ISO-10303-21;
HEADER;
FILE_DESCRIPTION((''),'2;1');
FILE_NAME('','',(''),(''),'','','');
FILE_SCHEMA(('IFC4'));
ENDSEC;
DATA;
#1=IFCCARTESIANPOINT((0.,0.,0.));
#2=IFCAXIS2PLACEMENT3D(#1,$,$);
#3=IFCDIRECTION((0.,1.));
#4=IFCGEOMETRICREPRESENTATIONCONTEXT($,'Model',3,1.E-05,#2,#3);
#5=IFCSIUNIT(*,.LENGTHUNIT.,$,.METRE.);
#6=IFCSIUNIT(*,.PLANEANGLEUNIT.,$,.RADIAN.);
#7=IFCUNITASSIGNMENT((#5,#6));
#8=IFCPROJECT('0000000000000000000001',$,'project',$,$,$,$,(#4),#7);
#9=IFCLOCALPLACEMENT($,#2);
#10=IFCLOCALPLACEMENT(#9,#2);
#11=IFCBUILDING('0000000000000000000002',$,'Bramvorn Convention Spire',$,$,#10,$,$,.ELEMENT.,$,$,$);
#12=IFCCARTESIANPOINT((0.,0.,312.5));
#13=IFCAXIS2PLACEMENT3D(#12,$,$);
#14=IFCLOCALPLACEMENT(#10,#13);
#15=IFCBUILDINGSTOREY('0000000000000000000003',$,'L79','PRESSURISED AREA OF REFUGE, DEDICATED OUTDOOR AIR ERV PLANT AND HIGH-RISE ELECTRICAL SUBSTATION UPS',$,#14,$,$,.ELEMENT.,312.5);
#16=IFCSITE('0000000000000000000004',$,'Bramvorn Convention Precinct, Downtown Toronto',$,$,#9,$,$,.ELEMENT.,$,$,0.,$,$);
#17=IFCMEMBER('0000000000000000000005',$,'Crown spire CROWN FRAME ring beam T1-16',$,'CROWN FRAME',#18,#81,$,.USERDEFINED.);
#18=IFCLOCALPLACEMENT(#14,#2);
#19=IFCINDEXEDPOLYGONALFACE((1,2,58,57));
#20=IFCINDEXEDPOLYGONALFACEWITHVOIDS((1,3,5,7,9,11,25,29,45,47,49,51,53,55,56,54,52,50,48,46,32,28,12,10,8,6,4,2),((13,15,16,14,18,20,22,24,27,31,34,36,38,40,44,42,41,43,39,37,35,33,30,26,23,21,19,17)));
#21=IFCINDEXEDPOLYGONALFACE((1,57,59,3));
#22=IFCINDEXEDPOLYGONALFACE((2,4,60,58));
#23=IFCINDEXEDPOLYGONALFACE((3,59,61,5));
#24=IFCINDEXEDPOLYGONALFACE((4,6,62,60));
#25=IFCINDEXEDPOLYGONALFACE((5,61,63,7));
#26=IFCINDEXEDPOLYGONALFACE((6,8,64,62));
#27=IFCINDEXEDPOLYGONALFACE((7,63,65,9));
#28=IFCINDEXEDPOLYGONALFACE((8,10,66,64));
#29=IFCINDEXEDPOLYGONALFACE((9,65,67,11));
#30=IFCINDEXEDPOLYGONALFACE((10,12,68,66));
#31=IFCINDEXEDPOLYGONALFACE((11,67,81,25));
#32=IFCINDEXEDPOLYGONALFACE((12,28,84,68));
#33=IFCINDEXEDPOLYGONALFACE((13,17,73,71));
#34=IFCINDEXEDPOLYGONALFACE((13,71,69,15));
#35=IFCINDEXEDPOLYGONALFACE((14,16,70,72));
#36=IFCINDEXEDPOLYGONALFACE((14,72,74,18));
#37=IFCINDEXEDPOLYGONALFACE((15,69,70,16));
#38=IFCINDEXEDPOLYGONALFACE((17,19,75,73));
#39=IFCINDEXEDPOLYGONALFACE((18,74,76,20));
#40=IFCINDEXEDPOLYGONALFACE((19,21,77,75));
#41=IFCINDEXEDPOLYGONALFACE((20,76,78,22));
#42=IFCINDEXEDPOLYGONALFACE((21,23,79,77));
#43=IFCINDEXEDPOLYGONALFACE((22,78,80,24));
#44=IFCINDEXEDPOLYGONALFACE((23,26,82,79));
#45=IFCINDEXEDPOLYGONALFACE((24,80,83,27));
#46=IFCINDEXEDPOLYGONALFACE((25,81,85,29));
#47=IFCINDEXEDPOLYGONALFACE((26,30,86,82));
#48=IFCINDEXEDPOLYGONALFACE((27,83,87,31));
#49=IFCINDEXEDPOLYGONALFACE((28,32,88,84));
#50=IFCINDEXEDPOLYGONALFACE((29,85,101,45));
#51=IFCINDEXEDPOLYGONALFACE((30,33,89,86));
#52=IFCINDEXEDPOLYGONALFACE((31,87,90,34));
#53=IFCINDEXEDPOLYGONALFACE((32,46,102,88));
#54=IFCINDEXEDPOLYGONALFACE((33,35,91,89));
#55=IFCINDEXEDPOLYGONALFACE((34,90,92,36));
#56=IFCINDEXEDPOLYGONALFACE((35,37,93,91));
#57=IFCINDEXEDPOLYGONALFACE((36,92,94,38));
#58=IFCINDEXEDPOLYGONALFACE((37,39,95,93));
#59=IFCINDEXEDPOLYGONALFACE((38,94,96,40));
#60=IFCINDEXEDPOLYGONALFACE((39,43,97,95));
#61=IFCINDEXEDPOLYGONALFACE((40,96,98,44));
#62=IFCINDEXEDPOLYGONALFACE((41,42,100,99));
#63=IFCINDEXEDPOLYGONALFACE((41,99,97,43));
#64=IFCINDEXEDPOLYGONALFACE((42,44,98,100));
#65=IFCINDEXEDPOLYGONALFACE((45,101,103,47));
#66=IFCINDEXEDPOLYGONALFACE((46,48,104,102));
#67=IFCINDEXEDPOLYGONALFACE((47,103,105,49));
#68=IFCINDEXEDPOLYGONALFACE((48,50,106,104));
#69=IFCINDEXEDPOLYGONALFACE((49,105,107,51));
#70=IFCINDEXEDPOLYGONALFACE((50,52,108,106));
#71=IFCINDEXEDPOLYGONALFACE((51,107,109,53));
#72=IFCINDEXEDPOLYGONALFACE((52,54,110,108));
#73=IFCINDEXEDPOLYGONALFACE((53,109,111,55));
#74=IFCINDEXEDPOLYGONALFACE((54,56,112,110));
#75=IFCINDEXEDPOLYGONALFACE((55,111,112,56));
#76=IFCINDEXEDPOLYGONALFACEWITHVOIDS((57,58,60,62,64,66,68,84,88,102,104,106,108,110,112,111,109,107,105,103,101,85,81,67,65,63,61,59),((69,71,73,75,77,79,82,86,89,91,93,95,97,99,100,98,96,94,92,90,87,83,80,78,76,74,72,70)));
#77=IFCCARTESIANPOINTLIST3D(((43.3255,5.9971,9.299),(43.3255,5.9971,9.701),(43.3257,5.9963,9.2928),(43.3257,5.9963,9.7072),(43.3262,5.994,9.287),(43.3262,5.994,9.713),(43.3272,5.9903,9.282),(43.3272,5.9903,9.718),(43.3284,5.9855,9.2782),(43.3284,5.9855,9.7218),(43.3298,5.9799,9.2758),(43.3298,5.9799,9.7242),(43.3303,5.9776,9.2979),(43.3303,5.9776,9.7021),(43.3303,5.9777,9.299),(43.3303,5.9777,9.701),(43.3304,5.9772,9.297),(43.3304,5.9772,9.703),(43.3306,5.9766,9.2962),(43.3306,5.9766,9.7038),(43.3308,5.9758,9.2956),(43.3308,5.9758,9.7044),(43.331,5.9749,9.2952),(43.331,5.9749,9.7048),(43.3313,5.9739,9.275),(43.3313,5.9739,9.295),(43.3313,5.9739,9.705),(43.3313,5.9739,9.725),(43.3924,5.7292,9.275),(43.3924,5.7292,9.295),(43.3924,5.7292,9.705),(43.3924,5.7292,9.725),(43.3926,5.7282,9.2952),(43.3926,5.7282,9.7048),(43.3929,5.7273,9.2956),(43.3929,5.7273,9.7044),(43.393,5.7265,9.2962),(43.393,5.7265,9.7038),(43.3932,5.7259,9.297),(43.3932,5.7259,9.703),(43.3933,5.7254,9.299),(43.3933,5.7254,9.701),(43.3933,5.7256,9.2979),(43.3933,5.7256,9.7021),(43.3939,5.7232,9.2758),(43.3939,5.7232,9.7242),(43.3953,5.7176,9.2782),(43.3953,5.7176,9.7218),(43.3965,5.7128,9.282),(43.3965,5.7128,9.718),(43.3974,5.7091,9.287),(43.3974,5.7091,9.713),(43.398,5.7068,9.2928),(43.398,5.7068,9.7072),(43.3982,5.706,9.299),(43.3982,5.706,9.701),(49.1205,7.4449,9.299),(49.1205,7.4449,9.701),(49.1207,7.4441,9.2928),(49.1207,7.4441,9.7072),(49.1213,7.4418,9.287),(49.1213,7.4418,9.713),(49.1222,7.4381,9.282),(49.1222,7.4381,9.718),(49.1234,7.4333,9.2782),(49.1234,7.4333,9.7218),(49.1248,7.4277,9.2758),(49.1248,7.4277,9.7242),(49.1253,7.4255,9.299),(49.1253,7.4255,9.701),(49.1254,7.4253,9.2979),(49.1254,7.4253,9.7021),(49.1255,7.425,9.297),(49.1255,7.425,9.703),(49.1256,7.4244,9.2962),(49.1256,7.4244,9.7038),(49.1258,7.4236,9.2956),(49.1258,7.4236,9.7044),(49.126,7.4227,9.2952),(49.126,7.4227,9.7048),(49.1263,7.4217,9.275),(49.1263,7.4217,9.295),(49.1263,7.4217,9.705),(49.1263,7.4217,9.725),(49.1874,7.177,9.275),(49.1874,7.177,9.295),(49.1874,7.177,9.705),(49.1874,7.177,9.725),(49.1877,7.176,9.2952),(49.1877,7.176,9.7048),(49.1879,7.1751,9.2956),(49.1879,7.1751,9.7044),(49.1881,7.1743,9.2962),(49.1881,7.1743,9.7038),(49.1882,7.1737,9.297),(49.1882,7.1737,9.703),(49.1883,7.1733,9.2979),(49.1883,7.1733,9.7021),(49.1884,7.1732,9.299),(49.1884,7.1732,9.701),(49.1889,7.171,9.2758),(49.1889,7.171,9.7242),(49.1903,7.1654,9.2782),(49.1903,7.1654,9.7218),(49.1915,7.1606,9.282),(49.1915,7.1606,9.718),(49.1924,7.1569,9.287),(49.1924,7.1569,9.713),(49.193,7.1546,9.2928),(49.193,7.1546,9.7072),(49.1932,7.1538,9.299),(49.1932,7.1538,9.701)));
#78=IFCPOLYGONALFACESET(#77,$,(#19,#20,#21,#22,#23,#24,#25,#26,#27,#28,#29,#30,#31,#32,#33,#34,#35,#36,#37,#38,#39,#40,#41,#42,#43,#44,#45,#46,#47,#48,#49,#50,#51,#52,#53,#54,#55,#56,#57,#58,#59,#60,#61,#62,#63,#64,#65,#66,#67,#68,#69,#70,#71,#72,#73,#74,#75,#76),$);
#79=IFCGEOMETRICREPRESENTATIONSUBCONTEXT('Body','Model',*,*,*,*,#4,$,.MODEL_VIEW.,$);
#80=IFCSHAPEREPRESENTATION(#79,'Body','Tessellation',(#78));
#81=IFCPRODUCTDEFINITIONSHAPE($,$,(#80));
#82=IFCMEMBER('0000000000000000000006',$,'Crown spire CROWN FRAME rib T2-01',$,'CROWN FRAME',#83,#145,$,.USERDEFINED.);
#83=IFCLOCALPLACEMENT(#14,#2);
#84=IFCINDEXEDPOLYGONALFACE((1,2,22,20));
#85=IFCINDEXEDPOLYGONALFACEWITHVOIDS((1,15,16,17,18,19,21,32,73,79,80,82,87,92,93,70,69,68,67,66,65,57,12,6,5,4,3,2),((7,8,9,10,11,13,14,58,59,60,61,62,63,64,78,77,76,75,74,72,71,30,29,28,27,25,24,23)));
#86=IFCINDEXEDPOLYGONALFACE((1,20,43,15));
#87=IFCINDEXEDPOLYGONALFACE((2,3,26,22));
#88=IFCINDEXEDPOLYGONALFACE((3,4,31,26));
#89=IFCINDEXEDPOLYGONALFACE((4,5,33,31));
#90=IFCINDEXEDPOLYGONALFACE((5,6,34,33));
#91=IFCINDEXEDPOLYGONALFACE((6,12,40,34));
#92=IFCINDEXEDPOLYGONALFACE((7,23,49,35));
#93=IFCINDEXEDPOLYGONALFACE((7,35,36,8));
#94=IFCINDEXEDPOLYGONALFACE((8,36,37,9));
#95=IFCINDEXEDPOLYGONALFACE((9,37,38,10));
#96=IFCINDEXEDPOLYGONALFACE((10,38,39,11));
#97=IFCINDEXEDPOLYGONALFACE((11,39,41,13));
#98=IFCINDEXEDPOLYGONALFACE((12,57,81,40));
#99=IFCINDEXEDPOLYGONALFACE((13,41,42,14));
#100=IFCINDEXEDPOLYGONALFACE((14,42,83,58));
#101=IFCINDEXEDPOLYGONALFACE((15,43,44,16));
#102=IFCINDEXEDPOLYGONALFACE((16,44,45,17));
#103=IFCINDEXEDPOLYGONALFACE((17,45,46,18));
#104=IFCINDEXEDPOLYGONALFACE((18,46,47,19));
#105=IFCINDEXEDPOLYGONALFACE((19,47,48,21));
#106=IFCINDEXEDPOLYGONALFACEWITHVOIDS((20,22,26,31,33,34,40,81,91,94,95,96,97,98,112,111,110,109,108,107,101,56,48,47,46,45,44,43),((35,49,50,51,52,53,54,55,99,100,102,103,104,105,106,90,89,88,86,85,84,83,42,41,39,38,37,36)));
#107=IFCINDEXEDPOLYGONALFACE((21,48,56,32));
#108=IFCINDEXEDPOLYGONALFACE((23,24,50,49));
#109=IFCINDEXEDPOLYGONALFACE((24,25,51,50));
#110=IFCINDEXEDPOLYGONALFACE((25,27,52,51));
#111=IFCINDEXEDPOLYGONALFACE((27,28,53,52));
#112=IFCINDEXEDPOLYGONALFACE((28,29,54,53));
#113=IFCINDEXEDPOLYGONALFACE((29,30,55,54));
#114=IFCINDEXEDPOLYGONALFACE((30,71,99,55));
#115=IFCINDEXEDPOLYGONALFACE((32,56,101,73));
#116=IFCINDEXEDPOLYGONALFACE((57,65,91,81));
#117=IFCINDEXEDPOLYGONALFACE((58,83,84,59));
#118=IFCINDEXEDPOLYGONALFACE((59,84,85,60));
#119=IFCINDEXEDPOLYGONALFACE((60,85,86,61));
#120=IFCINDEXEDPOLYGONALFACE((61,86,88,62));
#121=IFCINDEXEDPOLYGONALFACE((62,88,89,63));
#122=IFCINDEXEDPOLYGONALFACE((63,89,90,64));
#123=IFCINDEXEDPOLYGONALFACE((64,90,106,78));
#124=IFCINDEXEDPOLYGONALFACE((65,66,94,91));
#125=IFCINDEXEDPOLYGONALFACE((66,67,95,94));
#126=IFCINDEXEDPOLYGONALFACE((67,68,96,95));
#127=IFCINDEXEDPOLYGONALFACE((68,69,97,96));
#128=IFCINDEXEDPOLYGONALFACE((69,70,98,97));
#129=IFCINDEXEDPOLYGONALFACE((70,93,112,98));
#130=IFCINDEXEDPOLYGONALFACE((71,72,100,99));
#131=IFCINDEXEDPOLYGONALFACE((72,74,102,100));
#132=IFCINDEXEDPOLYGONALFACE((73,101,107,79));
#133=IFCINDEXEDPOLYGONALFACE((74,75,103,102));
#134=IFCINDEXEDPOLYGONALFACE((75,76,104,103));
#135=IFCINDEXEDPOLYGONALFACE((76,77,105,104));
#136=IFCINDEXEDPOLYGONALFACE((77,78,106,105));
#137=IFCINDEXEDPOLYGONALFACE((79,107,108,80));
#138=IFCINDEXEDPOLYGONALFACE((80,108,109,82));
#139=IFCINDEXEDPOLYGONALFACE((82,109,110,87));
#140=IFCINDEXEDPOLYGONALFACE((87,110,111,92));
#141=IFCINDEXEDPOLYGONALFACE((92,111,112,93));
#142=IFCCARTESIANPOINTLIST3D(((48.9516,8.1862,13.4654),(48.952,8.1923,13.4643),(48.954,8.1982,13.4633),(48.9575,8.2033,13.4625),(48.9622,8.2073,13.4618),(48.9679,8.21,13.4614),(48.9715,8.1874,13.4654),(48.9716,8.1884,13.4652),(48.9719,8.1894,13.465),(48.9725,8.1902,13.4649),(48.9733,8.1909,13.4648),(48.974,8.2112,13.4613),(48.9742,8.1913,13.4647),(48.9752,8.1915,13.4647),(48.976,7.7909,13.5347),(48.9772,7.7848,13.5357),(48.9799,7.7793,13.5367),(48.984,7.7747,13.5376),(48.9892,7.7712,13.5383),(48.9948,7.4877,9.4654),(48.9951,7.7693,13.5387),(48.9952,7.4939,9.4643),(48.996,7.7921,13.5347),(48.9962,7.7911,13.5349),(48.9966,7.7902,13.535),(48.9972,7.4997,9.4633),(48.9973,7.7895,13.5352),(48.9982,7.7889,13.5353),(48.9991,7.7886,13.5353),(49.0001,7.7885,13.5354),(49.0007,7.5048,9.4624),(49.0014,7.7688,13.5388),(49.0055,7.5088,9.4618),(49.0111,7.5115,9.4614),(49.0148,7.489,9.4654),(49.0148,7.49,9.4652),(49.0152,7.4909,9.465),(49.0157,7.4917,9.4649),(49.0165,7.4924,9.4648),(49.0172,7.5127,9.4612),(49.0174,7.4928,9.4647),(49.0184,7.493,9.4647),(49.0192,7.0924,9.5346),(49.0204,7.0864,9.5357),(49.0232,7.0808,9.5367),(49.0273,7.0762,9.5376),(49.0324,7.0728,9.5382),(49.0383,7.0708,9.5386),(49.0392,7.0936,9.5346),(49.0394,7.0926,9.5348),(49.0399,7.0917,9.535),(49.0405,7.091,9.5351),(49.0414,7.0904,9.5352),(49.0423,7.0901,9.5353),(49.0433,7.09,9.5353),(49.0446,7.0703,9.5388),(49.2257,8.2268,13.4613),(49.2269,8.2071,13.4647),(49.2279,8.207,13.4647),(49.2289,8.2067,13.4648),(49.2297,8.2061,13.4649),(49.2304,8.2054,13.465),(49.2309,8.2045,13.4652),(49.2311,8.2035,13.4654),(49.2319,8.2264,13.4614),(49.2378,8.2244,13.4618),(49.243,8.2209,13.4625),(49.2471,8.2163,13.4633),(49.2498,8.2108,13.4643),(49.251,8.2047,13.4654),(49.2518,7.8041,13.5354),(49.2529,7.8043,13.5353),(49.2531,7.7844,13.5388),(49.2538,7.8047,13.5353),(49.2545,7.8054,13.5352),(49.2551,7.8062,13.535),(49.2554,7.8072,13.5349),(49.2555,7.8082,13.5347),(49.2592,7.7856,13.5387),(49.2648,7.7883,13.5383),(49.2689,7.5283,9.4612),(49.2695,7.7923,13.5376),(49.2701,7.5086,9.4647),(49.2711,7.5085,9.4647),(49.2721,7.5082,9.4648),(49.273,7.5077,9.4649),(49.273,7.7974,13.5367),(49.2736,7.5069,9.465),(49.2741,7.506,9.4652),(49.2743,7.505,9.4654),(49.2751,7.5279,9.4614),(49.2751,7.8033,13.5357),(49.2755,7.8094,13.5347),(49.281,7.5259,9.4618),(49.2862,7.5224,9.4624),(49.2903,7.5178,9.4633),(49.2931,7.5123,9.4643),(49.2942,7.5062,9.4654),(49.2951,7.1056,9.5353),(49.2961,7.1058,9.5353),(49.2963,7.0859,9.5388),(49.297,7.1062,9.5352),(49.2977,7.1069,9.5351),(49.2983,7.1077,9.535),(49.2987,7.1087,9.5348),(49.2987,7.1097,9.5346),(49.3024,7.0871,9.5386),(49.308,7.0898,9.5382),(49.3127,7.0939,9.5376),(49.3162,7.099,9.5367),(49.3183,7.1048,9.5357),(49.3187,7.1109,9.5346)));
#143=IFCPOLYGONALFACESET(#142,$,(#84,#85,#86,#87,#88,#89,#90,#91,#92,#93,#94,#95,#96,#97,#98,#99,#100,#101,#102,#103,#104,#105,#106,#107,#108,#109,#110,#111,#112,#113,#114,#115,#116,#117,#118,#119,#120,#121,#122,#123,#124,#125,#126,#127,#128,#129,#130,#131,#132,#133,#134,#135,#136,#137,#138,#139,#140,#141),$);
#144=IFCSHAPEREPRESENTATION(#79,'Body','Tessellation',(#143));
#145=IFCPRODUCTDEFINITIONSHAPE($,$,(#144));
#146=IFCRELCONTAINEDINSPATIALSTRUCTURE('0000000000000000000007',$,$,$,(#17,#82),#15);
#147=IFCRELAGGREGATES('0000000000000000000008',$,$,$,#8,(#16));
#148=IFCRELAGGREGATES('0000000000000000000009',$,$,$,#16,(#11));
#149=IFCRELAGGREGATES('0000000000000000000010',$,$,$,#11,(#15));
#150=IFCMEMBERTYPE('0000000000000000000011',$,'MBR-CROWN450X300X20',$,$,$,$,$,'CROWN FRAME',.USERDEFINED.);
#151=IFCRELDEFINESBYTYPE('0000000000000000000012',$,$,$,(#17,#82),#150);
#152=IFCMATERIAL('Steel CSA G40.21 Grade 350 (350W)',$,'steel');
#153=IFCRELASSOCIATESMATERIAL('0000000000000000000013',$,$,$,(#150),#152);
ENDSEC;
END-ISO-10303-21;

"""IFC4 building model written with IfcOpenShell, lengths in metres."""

from ifc_helpers import new_model, si_unit, direction, frame, origin, origin_2d, place, context, subcontext, project, spatial, hollow_rectangle, extrude, material, material_profile, profile_set, type_object, element, save


model = new_model("IFC4")

# Units and contexts
model_context = context("Model", 3, precision=1e-05, world=origin(), true_north=direction((0.0, 1.0)))
body_context = subcontext(model_context, "Body", "Model", "MODEL_VIEW")
ifc_project = project(units=[si_unit("LENGTHUNIT", "METRE"), si_unit("PLANEANGLEUNIT", "RADIAN")], contexts=[model_context])

# Site, building, storey
site_placement = place(None, origin())
site = spatial("IfcSite", under=ifc_project, at=site_placement, Name="Bramvorn Convention Precinct, Downtown Toronto", CompositionType="ELEMENT", RefElevation=0.0)
building_placement = place(site_placement, origin())
building = spatial("IfcBuilding", under=site, at=building_placement, Name="Bramvorn Convention Spire", CompositionType="ELEMENT")
storey_placement = place(building_placement, frame((0.0, 0.0, 312.5)))
storey = spatial("IfcBuildingStorey", under=building, at=storey_placement, Name="L79", Description="PRESSURISED AREA OF REFUGE, DEDICATED OUTDOOR AIR ERV PLANT AND HIGH-RISE ELECTRICAL SUBSTATION UPS", CompositionType="ELEMENT", Elevation=312.5)

# Shared definitions
ifc_material_1 = material(Name="Steel CSA G40.21 Grade 350 (350W)", Category="steel")

# Members
ifc_material_profile_1 = material_profile(ifc_material_1, hollow_rectangle(XDim=0.3, YDim=0.45, WallThickness=0.02, InnerFilletRadius=0.0039, OuterFilletRadius=0.0239, at=origin_2d()))
ifc_profile_set_1 = profile_set([ifc_material_profile_1], Name="Steel CSA G40.21 Grade 350 (350W) - CROWN450X300X20")
member_type = type_object("IfcMemberType", Name="MBR-CROWN450X300X20", ElementType="CROWN FRAME", PredefinedType="USERDEFINED", material=ifc_profile_set_1)
member_1_placement = place(storey_placement, frame((43.3618, 5.8516, 9.5), z_axis=(0.970181, 0.242382, 0.0), x_axis=(-0.242382, 0.970181, 0.0)))
element("IfcMember", 1, at=member_1_placement, inside=storey, type_object=member_type, Name="Crown spire CROWN FRAME ring beam T1-16", ObjectType="CROWN FRAME", PredefinedType="USERDEFINED", context=body_context, shape_type="SweptSolid", body=[
    extrude(hollow_rectangle(XDim=0.3, YDim=0.45, WallThickness=0.02, InnerFilletRadius=0.0039, OuterFilletRadius=0.0239, at=origin_2d()), origin(), (0.0, 0.0, 1.0), 5.9731),
])
member_2_placement = place(storey_placement, frame((49.1567, 7.2993, 9.5), z_axis=(-0.010642, 0.172009, 0.985038), x_axis=(-0.998092, -0.061748, 0.0)))
element("IfcMember", 2, at=member_2_placement, inside=storey, type_object=member_type, Name="Crown spire CROWN FRAME rib T2-01", ObjectType="CROWN FRAME", PredefinedType="USERDEFINED", context=body_context, shape_type="SweptSolid", body=[
    extrude(hollow_rectangle(XDim=0.3, YDim=0.45, WallThickness=0.02, InnerFilletRadius=0.0039, OuterFilletRadius=0.0239, at=origin_2d()), origin(), (0.0, 0.0, 1.0), 4.0608),
])

save(model, "model.ifc")
